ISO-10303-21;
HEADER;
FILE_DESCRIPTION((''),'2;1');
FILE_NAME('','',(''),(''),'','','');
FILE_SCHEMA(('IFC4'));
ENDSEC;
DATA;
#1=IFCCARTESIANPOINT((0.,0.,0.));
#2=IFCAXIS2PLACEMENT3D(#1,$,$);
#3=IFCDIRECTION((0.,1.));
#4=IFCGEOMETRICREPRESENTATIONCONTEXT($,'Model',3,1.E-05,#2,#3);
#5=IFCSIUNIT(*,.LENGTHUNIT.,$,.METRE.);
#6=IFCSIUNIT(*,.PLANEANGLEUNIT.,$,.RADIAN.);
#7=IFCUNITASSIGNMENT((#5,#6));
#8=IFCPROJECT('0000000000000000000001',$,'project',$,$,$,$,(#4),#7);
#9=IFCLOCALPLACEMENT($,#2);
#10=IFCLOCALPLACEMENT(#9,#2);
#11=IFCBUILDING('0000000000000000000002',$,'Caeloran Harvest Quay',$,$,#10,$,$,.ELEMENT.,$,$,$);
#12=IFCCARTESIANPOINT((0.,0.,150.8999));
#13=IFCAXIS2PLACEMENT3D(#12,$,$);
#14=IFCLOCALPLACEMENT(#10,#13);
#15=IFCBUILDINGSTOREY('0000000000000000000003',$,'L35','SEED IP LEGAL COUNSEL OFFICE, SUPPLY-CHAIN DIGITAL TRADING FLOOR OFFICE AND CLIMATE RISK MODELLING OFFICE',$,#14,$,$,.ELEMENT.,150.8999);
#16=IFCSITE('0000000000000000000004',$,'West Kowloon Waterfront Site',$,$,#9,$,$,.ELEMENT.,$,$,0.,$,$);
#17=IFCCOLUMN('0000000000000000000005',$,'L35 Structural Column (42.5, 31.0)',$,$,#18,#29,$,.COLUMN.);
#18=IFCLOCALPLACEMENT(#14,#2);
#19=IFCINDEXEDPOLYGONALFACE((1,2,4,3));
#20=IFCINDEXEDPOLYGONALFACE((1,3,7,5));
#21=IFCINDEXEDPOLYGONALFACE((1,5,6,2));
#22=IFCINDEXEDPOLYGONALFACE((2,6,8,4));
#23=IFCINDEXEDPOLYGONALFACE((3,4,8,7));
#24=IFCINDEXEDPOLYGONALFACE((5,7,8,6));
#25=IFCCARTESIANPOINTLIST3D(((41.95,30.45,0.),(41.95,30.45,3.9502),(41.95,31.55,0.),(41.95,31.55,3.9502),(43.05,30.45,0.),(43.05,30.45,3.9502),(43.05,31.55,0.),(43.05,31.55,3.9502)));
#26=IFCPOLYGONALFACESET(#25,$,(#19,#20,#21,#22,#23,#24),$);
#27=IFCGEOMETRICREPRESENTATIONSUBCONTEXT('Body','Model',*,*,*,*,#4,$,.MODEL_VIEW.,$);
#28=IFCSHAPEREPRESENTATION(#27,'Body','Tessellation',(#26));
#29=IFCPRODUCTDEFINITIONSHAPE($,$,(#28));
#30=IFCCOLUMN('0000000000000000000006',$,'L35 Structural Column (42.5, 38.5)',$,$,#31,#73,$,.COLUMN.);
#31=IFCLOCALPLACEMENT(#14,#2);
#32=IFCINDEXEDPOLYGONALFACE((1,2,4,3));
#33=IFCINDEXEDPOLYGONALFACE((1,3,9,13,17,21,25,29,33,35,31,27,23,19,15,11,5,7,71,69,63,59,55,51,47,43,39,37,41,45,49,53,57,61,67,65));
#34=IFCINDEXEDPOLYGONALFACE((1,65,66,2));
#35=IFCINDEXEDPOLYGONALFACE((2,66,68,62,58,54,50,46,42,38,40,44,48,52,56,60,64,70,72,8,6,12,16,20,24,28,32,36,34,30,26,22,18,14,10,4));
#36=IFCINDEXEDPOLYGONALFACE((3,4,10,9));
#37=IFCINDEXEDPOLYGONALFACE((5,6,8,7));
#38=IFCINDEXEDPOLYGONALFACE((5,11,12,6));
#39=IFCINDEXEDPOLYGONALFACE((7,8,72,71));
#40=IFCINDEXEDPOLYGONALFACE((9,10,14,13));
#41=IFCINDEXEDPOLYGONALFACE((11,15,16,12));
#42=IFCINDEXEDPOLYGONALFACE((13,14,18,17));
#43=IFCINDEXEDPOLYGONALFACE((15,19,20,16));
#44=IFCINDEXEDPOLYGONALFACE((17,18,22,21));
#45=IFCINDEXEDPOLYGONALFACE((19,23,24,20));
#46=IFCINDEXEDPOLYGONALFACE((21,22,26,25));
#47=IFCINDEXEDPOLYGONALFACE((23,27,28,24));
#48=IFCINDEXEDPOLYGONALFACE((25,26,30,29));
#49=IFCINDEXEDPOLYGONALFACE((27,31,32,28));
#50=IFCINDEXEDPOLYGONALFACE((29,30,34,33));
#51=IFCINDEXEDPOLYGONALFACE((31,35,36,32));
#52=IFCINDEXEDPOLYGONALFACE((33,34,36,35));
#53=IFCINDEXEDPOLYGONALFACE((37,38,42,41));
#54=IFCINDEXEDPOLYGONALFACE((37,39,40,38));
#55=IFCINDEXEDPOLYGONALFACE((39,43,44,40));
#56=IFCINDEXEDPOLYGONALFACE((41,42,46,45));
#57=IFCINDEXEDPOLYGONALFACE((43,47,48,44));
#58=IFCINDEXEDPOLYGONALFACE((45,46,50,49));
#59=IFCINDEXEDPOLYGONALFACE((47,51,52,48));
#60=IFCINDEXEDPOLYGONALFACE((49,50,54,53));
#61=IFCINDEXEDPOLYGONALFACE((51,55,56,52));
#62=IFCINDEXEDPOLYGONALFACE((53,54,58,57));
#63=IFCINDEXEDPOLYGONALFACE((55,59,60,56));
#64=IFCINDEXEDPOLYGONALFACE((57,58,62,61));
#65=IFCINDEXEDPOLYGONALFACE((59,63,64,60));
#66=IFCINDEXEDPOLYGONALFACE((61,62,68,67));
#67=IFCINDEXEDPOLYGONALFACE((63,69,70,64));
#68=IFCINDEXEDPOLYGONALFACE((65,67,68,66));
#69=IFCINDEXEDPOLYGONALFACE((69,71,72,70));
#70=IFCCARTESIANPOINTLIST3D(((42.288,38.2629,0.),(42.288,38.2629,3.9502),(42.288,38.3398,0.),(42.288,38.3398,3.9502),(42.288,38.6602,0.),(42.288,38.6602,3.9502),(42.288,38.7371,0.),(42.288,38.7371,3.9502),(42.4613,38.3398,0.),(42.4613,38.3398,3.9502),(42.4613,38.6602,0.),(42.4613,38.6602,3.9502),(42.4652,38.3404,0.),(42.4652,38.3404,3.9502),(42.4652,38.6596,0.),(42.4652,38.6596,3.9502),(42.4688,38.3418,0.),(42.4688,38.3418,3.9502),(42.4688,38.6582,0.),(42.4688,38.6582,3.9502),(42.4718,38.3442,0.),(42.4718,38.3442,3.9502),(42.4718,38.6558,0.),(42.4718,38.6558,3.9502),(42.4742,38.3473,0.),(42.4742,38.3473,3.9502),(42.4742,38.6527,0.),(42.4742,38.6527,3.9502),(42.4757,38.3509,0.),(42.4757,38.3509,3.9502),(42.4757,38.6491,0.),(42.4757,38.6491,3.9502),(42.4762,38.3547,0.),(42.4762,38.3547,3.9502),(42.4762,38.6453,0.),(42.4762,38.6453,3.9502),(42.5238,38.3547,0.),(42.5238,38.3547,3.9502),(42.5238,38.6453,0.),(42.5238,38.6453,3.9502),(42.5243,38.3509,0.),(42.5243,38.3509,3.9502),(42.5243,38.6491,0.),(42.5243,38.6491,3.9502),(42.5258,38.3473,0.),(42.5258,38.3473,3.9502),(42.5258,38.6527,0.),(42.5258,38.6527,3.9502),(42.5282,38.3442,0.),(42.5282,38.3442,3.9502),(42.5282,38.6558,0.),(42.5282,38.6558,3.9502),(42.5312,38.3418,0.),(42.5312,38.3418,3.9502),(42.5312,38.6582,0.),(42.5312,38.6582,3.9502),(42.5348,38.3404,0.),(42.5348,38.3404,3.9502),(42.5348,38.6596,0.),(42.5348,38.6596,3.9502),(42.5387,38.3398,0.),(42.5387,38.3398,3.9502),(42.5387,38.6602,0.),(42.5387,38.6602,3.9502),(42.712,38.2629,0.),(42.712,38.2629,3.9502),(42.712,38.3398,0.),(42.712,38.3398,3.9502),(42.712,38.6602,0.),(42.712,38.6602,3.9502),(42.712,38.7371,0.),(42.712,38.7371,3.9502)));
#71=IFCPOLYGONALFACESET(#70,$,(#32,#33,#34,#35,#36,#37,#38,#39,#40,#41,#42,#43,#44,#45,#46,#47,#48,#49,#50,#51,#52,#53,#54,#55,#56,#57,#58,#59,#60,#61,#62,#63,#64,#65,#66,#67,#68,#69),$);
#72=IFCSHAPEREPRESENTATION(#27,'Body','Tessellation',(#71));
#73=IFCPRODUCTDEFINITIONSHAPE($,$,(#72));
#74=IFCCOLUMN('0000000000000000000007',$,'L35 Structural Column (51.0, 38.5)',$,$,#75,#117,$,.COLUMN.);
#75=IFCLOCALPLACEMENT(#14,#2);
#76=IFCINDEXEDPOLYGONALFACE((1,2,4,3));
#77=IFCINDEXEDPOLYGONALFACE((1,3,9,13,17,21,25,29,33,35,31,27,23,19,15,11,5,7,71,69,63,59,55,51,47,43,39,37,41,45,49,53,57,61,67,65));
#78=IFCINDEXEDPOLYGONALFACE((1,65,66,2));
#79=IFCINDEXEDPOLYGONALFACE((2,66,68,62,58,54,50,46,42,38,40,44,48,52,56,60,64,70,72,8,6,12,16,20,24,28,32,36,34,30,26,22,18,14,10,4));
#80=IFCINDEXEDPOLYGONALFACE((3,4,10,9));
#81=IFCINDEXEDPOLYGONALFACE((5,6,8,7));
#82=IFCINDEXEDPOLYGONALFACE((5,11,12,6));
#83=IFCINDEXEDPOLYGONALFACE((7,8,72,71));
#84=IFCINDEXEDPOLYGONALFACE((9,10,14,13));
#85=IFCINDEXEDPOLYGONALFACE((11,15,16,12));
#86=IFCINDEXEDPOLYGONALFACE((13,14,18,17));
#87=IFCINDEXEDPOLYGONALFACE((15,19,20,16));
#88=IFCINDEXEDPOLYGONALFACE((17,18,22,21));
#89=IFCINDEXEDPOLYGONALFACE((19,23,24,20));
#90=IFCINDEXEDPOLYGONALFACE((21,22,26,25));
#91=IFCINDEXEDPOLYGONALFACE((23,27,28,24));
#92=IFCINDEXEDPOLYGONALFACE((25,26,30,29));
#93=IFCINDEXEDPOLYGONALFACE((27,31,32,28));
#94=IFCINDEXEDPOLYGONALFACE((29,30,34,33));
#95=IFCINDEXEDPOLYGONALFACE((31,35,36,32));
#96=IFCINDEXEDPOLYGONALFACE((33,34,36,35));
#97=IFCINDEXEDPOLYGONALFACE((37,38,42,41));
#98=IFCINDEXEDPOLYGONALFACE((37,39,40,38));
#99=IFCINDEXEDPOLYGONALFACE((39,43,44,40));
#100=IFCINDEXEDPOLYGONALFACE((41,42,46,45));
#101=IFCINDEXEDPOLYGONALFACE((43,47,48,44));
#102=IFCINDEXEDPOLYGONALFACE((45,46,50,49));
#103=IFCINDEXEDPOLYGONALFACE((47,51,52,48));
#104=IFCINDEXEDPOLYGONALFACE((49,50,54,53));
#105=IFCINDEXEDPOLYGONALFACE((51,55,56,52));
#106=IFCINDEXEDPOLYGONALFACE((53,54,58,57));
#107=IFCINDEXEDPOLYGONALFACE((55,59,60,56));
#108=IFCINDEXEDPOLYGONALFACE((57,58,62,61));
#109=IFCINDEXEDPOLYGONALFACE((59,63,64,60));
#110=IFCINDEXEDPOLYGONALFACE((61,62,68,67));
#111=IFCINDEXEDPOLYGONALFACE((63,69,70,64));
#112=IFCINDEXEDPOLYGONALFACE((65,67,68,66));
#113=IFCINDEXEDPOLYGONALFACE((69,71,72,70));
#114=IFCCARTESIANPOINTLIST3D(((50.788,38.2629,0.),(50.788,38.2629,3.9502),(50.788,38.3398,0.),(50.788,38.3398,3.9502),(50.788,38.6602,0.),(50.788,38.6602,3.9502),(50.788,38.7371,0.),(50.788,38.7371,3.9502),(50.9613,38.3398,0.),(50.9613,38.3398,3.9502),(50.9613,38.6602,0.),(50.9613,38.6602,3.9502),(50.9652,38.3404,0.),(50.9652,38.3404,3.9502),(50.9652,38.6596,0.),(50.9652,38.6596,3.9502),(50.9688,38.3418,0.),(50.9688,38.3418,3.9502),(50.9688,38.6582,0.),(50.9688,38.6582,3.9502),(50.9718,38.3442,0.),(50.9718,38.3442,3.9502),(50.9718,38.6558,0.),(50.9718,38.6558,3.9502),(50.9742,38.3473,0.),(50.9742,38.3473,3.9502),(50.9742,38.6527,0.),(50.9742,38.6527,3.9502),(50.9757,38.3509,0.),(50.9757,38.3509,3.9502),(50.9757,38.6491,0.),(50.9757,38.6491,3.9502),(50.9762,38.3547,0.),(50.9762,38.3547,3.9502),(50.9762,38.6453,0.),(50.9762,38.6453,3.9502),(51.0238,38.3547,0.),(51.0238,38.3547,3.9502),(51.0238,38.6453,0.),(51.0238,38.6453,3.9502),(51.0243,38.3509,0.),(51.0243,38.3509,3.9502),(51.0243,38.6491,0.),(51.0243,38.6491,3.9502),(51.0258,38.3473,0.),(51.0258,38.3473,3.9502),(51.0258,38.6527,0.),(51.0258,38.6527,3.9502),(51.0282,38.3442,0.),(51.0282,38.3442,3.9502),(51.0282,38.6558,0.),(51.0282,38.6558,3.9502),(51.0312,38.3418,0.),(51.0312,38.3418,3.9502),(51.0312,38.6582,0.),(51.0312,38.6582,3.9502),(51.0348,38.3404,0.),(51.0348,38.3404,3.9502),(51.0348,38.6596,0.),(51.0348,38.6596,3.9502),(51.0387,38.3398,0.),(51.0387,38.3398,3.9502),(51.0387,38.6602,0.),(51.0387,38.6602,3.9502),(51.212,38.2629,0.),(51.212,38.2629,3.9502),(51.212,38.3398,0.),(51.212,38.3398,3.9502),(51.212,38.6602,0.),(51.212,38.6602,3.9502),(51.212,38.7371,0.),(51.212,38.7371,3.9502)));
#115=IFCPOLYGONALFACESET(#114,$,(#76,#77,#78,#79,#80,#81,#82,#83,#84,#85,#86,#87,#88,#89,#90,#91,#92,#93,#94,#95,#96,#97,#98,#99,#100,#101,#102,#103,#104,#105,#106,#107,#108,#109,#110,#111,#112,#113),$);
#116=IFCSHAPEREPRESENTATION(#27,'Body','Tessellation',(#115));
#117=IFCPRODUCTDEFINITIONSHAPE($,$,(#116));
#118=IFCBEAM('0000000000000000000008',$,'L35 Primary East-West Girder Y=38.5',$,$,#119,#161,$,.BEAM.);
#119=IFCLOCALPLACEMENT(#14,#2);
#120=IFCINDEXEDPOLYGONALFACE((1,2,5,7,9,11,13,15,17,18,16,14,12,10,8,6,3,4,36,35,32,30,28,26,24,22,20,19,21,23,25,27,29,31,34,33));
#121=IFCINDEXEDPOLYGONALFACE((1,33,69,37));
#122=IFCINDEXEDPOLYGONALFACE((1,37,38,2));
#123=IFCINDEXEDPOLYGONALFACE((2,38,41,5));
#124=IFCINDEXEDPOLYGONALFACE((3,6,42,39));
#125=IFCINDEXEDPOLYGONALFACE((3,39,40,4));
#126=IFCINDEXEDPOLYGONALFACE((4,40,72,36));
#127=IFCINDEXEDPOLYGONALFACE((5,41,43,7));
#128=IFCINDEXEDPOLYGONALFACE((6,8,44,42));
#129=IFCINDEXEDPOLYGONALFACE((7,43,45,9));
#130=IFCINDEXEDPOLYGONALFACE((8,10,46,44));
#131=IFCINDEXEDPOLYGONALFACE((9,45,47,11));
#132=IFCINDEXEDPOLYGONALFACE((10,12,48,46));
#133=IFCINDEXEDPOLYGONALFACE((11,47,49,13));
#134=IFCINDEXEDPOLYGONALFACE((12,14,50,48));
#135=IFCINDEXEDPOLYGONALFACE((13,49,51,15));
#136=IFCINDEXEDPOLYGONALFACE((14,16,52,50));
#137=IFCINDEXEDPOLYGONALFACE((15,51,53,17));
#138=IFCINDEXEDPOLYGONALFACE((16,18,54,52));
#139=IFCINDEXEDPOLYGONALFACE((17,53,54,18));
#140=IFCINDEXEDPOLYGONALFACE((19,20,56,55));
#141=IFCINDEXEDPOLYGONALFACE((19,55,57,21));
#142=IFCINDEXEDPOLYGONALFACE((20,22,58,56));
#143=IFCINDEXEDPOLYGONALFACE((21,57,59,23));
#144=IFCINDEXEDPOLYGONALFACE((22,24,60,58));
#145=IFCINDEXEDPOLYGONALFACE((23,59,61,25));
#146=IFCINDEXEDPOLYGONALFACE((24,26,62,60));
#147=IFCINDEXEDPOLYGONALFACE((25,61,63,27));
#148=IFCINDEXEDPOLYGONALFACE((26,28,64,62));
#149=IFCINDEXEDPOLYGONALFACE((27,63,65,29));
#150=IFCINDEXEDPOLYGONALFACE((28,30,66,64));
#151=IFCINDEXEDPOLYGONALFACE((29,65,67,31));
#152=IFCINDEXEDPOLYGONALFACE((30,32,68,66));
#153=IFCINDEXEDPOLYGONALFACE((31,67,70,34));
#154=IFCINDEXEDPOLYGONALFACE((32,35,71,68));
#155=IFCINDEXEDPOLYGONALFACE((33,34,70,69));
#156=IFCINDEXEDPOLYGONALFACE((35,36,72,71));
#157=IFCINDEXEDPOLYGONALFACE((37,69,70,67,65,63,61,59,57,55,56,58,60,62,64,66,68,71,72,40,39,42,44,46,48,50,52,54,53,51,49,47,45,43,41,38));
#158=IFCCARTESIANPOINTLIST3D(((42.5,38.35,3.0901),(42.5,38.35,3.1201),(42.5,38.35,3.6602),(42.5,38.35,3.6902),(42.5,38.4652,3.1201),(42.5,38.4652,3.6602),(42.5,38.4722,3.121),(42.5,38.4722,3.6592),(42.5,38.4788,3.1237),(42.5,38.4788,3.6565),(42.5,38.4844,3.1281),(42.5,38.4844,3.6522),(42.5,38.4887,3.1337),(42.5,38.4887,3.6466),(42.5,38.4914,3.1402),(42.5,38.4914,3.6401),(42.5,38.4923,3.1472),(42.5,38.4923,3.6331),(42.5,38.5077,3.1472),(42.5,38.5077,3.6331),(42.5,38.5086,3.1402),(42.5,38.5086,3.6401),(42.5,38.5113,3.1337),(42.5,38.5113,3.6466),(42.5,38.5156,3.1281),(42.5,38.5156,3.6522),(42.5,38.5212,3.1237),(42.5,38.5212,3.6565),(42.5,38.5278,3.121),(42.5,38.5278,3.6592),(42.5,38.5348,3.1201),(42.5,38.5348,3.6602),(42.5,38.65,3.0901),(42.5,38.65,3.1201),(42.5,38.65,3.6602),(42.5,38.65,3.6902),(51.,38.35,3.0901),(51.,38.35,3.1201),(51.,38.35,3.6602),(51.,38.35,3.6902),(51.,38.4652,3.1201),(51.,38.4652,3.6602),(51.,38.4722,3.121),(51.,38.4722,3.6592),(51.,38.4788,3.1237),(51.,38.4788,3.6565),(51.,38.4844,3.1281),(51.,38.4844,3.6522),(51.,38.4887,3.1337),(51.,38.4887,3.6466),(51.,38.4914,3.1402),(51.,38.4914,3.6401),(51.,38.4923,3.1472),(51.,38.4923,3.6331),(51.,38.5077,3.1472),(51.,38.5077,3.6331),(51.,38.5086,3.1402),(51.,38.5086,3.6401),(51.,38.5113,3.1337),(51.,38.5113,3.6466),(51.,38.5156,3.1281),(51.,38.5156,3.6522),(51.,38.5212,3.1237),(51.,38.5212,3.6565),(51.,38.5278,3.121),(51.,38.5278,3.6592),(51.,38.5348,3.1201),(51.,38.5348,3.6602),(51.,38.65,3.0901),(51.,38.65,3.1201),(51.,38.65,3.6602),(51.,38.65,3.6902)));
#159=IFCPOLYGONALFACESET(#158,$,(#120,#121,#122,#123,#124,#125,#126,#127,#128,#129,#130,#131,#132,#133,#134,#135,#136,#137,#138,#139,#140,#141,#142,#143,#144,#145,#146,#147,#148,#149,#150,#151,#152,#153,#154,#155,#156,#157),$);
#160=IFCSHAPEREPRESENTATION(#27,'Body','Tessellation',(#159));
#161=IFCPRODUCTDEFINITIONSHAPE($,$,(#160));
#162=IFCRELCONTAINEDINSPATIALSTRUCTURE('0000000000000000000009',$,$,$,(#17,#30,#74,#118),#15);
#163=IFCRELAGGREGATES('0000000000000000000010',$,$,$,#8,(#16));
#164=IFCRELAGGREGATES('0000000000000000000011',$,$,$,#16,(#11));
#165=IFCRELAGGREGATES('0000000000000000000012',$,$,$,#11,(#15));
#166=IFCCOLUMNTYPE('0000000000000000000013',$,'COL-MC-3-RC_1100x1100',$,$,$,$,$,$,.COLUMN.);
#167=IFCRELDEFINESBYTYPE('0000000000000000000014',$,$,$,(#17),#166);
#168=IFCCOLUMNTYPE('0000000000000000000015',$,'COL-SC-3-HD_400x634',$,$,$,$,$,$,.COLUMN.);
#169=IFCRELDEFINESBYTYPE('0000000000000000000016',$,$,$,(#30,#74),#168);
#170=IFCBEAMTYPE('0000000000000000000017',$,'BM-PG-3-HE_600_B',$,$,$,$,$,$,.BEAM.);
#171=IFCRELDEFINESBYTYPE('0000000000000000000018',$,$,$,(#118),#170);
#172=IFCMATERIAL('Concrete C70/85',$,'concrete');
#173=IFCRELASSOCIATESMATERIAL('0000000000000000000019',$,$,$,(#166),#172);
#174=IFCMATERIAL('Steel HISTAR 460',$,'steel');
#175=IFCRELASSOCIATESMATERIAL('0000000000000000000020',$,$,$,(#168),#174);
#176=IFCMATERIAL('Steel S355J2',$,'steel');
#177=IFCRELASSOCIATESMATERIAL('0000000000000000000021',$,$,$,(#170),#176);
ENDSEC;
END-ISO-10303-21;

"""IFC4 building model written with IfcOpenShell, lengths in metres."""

from ifc_helpers import new_model, si_unit, direction, frame, origin, origin_2d, place, context, subcontext, project, spatial, rectangle, i_section, extrude, material, material_profile, profile_set, type_object, element, save


model = new_model("IFC4")

# Units and contexts
model_context = context("Model", 3, precision=1e-05, world=origin(), true_north=direction((0.0, 1.0)))
body_context = subcontext(model_context, "Body", "Model", "MODEL_VIEW")
ifc_project = project(units=[si_unit("LENGTHUNIT", "METRE"), si_unit("PLANEANGLEUNIT", "RADIAN")], contexts=[model_context])

# Site, building, storey
site_placement = place(None, origin())
site = spatial("IfcSite", under=ifc_project, at=site_placement, Name="West Kowloon Waterfront Site", CompositionType="ELEMENT", RefElevation=0.0)
building_placement = place(site_placement, origin())
building = spatial("IfcBuilding", under=site, at=building_placement, Name="Caeloran Harvest Quay", CompositionType="ELEMENT")
storey_placement = place(building_placement, frame((0.0, 0.0, 150.8999)))
storey = spatial("IfcBuildingStorey", under=building, at=storey_placement, Name="L35", Description="SEED IP LEGAL COUNSEL OFFICE, SUPPLY-CHAIN DIGITAL TRADING FLOOR OFFICE AND CLIMATE RISK MODELLING OFFICE", CompositionType="ELEMENT", Elevation=150.8999)

# Columns
ifc_material_1 = material(Name="Concrete C70/85", Category="concrete")
ifc_material_profile_1 = material_profile(ifc_material_1, rectangle(XDim=1.1001, YDim=1.1001, at=origin_2d()), Name="RC 1100x1100")
ifc_profile_set_1 = profile_set([ifc_material_profile_1], Name="Concrete C70/85")
column_type_1 = type_object("IfcColumnType", Name="COL-MC-3-RC_1100x1100", PredefinedType="COLUMN", material=ifc_profile_set_1)
column_placement = place(storey_placement, frame((42.5, 31.0, 0.0), z_axis=(0.0, 0.0, 1.0), x_axis=(1.0, 0.0, 0.0)))
element("IfcColumn", 1, at=column_placement, inside=storey, type_object=column_type_1, Name="L35 Structural Column (42.5, 31.0)", PredefinedType="COLUMN", context=body_context, shape_type="SweptSolid", body=[
    extrude(rectangle(XDim=1.1001, YDim=1.1001, at=origin_2d()), origin(), (0.0, 0.0, 1.0), 3.9502),
])
ifc_material_2 = material(Name="Steel HISTAR 460", Category="steel")
ifc_material_profile_2 = material_profile(ifc_material_2, i_section(OverallWidth=0.4241, OverallDepth=0.4741, WebThickness=0.0476, FlangeThickness=0.0769, FilletRadius=0.0149, at=origin_2d()), Name="HD 400x634")
ifc_profile_set_2 = profile_set([ifc_material_profile_2], Name="Steel HISTAR 460")
column_type_2 = type_object("IfcColumnType", Name="COL-SC-3-HD_400x634", PredefinedType="COLUMN", material=ifc_profile_set_2)
for number, where, z_axis, x_axis, name in (
    (2, (42.5, 38.5, 0.0), (0.0, 0.0, 1.0), (1.0, 0.0, 0.0), "L35 Structural Column (42.5, 38.5)"),
    (3, (51.0, 38.5, 0.0), (0.0, 0.0, 1.0), (1.0, 0.0, 0.0), "L35 Structural Column (51.0, 38.5)"),
):
    element("IfcColumn", number, at=place(storey_placement, frame(where, z_axis=z_axis, x_axis=x_axis)), inside=storey, type_object=column_type_2, Name=name, PredefinedType="COLUMN", context=body_context, shape_type="SweptSolid", body=[
        extrude(i_section(OverallWidth=0.4241, OverallDepth=0.4741, WebThickness=0.0476, FlangeThickness=0.0769, FilletRadius=0.0149, at=origin_2d()), origin(), (0.0, 0.0, 1.0), 3.9502),
    ])

# Beam
ifc_material_3 = material(Name="Steel S355J2", Category="steel")
ifc_material_profile_3 = material_profile(ifc_material_3, i_section(OverallWidth=0.3, OverallDepth=0.6001, WebThickness=0.0154, FlangeThickness=0.03, FilletRadius=0.0271, at=origin_2d()), Name="HE 600 B")
ifc_profile_set_3 = profile_set([ifc_material_profile_3], Name="Steel S355J2")
beam_type = type_object("IfcBeamType", Name="BM-PG-3-HE_600_B", PredefinedType="BEAM", material=ifc_profile_set_3)
beam_1_placement = place(storey_placement, frame((42.5, 38.5, 3.3901), z_axis=(1.0, 0.0, 0.0), x_axis=(0.0, 1.0, 0.0)))
element("IfcBeam", 4, at=beam_1_placement, inside=storey, type_object=beam_type, Name="L35 Primary East-West Girder Y=38.5", PredefinedType="BEAM", context=body_context, shape_type="SweptSolid", body=[
    extrude(i_section(OverallWidth=0.3, OverallDepth=0.6001, WebThickness=0.0154, FlangeThickness=0.03, FilletRadius=0.0271, at=origin_2d()), origin(), (0.0, 0.0, 1.0), 8.5),
])

save(model, "model.ifc")
